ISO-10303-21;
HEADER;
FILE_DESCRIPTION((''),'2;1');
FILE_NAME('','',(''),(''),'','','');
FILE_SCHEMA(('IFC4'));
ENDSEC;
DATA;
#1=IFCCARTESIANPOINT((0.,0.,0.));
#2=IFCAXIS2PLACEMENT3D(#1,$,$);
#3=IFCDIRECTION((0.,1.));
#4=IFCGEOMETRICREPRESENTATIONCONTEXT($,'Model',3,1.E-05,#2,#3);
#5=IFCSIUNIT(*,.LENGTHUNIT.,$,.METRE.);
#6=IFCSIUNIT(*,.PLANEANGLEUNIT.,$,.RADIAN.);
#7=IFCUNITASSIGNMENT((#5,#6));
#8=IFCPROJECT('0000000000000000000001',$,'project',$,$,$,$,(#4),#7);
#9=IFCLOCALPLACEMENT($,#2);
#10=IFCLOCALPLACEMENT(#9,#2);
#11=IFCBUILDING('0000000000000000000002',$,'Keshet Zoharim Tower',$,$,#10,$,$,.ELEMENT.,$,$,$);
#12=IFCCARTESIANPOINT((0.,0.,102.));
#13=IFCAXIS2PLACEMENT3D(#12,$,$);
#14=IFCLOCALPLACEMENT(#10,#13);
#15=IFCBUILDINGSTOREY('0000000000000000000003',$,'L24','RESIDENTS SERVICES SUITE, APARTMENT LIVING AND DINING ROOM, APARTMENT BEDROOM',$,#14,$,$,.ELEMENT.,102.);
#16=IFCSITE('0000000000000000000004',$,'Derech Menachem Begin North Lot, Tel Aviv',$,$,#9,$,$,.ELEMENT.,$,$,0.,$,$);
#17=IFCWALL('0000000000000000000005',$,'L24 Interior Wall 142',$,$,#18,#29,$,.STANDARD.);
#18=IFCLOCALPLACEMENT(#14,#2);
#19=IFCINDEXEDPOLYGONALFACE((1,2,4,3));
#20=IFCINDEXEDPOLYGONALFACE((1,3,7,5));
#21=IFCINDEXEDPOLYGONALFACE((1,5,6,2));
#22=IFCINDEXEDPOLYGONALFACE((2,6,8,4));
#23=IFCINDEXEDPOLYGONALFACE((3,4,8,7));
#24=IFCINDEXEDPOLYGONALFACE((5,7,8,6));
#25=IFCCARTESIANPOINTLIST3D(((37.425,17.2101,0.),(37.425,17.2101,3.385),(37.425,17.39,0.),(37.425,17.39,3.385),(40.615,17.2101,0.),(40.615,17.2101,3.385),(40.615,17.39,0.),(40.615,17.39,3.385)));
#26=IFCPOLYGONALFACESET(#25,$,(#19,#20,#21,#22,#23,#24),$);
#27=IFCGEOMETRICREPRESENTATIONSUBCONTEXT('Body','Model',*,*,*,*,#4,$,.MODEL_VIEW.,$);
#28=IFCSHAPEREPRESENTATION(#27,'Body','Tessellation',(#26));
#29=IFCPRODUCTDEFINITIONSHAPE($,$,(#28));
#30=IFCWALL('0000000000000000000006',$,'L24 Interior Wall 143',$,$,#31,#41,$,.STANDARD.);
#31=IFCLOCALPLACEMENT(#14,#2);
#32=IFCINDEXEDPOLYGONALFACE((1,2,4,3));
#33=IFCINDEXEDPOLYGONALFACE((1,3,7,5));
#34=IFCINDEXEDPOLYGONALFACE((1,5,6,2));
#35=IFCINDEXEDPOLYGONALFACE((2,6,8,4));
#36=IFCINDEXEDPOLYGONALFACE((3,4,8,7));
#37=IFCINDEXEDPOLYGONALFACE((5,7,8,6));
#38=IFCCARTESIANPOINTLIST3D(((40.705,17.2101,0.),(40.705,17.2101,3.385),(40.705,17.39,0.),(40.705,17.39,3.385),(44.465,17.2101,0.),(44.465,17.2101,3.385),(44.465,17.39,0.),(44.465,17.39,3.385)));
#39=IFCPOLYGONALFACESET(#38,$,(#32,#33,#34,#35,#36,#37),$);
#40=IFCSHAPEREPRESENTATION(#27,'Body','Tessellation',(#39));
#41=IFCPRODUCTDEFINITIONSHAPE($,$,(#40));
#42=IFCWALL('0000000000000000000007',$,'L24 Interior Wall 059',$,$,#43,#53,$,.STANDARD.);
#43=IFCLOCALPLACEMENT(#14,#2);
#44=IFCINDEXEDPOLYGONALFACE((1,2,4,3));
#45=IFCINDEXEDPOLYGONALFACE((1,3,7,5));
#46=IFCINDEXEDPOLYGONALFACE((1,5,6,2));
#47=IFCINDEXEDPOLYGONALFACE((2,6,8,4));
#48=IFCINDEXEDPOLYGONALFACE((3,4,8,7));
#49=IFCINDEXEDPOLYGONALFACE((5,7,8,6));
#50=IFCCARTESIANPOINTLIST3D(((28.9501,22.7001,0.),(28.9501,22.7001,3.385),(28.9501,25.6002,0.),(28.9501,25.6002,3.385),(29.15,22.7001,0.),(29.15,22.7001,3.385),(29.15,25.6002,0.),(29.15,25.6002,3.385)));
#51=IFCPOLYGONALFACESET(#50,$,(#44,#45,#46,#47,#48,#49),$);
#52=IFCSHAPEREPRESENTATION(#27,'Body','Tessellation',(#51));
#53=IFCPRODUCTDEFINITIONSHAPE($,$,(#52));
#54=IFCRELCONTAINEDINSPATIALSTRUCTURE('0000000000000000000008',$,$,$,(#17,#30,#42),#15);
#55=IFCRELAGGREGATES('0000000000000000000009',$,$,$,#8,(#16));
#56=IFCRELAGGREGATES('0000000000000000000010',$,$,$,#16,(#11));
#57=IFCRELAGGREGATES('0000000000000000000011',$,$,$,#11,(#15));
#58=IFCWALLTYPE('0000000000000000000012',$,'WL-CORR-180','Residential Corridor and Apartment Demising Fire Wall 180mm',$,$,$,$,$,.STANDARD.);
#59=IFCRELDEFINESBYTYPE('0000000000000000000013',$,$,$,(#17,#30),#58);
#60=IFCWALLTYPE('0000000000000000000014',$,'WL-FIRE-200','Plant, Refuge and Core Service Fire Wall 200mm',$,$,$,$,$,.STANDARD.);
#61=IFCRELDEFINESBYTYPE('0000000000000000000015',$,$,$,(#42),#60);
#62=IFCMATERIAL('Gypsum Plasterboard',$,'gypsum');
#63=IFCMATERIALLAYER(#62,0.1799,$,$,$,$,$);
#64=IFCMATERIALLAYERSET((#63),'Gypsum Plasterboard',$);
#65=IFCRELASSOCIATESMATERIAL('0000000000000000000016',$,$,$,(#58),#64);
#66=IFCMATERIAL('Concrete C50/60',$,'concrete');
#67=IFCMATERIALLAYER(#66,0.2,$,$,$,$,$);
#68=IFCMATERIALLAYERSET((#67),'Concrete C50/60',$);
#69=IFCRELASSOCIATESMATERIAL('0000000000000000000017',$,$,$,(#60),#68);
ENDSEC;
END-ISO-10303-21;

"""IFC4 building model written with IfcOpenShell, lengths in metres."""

from ifc_helpers import new_model, si_unit, direction, frame, frame_2d, origin, place, context, subcontext, project, spatial, rectangle, extrude, material, layer, layer_set, type_object, element, save


model = new_model("IFC4")

# Units and contexts
model_context = context("Model", 3, precision=1e-05, world=origin(), true_north=direction((0.0, 1.0)))
body_context = subcontext(model_context, "Body", "Model", "MODEL_VIEW")
ifc_project = project(units=[si_unit("LENGTHUNIT", "METRE"), si_unit("PLANEANGLEUNIT", "RADIAN")], contexts=[model_context])

# Site, building, storey
site_placement = place(None, origin())
site = spatial("IfcSite", under=ifc_project, at=site_placement, Name="Derech Menachem Begin North Lot, Tel Aviv", CompositionType="ELEMENT", RefElevation=0.0)
building_placement = place(site_placement, origin())
building = spatial("IfcBuilding", under=site, at=building_placement, Name="Keshet Zoharim Tower", CompositionType="ELEMENT")
storey_placement = place(building_placement, frame((0.0, 0.0, 102.0)))
storey = spatial("IfcBuildingStorey", under=building, at=storey_placement, Name="L24", Description="RESIDENTS SERVICES SUITE, APARTMENT LIVING AND DINING ROOM, APARTMENT BEDROOM", CompositionType="ELEMENT", Elevation=102.0)

# Shared definitions
ifc_material_1 = material(Name="Gypsum Plasterboard", Category="gypsum")

# Walls
ifc_layer_1 = layer(ifc_material_1, 0.1799)
ifc_layer_set_1 = layer_set([ifc_layer_1], Name="Gypsum Plasterboard")
wall_type_1 = type_object("IfcWallType", Name="WL-CORR-180", Description="Residential Corridor and Apartment Demising Fire Wall 180mm", PredefinedType="STANDARD", material=ifc_layer_set_1)
wall_1_placement = place(storey_placement, frame((37.425, 17.3, 0.0), z_axis=(0.0, 0.0, 1.0), x_axis=(1.0, 0.0, 0.0)))
element("IfcWall", 1, at=wall_1_placement, inside=storey, type_object=wall_type_1, Name="L24 Interior Wall 142", PredefinedType="STANDARD", context=body_context, shape_type="SweptSolid", body=[
    extrude(rectangle(XDim=3.1899, YDim=0.1799, at=frame_2d((1.595, 0.0))), origin(), (0.0, 0.0, 1.0), 3.385),
])
wall_2_placement = place(storey_placement, frame((40.7051, 17.3, 0.0), z_axis=(0.0, 0.0, 1.0), x_axis=(1.0, 0.0, 0.0)))
element("IfcWall", 2, at=wall_2_placement, inside=storey, type_object=wall_type_1, Name="L24 Interior Wall 143", PredefinedType="STANDARD", context=body_context, shape_type="SweptSolid", body=[
    extrude(rectangle(XDim=3.76, YDim=0.1799, at=frame_2d((1.8799, 0.0))), origin(), (0.0, 0.0, 1.0), 3.385),
])
ifc_material_2 = material(Name="Concrete C50/60", Category="concrete")
ifc_layer_2 = layer(ifc_material_2, 0.2)
ifc_layer_set_2 = layer_set([ifc_layer_2], Name="Concrete C50/60")
wall_type_2 = type_object("IfcWallType", Name="WL-FIRE-200", Description="Plant, Refuge and Core Service Fire Wall 200mm", PredefinedType="STANDARD", material=ifc_layer_set_2)
wall_3_placement = place(storey_placement, frame((29.05, 22.7, 0.0), z_axis=(0.0, 0.0, 1.0), x_axis=(0.0, 1.0, 0.0)))
element("IfcWall", 3, at=wall_3_placement, inside=storey, type_object=wall_type_2, Name="L24 Interior Wall 059", PredefinedType="STANDARD", context=body_context, shape_type="SweptSolid", body=[
    extrude(rectangle(XDim=2.9001, YDim=0.2, at=frame_2d((1.4502, 0.0))), origin(), (0.0, 0.0, 1.0), 3.385),
])

save(model, "model.ifc")
